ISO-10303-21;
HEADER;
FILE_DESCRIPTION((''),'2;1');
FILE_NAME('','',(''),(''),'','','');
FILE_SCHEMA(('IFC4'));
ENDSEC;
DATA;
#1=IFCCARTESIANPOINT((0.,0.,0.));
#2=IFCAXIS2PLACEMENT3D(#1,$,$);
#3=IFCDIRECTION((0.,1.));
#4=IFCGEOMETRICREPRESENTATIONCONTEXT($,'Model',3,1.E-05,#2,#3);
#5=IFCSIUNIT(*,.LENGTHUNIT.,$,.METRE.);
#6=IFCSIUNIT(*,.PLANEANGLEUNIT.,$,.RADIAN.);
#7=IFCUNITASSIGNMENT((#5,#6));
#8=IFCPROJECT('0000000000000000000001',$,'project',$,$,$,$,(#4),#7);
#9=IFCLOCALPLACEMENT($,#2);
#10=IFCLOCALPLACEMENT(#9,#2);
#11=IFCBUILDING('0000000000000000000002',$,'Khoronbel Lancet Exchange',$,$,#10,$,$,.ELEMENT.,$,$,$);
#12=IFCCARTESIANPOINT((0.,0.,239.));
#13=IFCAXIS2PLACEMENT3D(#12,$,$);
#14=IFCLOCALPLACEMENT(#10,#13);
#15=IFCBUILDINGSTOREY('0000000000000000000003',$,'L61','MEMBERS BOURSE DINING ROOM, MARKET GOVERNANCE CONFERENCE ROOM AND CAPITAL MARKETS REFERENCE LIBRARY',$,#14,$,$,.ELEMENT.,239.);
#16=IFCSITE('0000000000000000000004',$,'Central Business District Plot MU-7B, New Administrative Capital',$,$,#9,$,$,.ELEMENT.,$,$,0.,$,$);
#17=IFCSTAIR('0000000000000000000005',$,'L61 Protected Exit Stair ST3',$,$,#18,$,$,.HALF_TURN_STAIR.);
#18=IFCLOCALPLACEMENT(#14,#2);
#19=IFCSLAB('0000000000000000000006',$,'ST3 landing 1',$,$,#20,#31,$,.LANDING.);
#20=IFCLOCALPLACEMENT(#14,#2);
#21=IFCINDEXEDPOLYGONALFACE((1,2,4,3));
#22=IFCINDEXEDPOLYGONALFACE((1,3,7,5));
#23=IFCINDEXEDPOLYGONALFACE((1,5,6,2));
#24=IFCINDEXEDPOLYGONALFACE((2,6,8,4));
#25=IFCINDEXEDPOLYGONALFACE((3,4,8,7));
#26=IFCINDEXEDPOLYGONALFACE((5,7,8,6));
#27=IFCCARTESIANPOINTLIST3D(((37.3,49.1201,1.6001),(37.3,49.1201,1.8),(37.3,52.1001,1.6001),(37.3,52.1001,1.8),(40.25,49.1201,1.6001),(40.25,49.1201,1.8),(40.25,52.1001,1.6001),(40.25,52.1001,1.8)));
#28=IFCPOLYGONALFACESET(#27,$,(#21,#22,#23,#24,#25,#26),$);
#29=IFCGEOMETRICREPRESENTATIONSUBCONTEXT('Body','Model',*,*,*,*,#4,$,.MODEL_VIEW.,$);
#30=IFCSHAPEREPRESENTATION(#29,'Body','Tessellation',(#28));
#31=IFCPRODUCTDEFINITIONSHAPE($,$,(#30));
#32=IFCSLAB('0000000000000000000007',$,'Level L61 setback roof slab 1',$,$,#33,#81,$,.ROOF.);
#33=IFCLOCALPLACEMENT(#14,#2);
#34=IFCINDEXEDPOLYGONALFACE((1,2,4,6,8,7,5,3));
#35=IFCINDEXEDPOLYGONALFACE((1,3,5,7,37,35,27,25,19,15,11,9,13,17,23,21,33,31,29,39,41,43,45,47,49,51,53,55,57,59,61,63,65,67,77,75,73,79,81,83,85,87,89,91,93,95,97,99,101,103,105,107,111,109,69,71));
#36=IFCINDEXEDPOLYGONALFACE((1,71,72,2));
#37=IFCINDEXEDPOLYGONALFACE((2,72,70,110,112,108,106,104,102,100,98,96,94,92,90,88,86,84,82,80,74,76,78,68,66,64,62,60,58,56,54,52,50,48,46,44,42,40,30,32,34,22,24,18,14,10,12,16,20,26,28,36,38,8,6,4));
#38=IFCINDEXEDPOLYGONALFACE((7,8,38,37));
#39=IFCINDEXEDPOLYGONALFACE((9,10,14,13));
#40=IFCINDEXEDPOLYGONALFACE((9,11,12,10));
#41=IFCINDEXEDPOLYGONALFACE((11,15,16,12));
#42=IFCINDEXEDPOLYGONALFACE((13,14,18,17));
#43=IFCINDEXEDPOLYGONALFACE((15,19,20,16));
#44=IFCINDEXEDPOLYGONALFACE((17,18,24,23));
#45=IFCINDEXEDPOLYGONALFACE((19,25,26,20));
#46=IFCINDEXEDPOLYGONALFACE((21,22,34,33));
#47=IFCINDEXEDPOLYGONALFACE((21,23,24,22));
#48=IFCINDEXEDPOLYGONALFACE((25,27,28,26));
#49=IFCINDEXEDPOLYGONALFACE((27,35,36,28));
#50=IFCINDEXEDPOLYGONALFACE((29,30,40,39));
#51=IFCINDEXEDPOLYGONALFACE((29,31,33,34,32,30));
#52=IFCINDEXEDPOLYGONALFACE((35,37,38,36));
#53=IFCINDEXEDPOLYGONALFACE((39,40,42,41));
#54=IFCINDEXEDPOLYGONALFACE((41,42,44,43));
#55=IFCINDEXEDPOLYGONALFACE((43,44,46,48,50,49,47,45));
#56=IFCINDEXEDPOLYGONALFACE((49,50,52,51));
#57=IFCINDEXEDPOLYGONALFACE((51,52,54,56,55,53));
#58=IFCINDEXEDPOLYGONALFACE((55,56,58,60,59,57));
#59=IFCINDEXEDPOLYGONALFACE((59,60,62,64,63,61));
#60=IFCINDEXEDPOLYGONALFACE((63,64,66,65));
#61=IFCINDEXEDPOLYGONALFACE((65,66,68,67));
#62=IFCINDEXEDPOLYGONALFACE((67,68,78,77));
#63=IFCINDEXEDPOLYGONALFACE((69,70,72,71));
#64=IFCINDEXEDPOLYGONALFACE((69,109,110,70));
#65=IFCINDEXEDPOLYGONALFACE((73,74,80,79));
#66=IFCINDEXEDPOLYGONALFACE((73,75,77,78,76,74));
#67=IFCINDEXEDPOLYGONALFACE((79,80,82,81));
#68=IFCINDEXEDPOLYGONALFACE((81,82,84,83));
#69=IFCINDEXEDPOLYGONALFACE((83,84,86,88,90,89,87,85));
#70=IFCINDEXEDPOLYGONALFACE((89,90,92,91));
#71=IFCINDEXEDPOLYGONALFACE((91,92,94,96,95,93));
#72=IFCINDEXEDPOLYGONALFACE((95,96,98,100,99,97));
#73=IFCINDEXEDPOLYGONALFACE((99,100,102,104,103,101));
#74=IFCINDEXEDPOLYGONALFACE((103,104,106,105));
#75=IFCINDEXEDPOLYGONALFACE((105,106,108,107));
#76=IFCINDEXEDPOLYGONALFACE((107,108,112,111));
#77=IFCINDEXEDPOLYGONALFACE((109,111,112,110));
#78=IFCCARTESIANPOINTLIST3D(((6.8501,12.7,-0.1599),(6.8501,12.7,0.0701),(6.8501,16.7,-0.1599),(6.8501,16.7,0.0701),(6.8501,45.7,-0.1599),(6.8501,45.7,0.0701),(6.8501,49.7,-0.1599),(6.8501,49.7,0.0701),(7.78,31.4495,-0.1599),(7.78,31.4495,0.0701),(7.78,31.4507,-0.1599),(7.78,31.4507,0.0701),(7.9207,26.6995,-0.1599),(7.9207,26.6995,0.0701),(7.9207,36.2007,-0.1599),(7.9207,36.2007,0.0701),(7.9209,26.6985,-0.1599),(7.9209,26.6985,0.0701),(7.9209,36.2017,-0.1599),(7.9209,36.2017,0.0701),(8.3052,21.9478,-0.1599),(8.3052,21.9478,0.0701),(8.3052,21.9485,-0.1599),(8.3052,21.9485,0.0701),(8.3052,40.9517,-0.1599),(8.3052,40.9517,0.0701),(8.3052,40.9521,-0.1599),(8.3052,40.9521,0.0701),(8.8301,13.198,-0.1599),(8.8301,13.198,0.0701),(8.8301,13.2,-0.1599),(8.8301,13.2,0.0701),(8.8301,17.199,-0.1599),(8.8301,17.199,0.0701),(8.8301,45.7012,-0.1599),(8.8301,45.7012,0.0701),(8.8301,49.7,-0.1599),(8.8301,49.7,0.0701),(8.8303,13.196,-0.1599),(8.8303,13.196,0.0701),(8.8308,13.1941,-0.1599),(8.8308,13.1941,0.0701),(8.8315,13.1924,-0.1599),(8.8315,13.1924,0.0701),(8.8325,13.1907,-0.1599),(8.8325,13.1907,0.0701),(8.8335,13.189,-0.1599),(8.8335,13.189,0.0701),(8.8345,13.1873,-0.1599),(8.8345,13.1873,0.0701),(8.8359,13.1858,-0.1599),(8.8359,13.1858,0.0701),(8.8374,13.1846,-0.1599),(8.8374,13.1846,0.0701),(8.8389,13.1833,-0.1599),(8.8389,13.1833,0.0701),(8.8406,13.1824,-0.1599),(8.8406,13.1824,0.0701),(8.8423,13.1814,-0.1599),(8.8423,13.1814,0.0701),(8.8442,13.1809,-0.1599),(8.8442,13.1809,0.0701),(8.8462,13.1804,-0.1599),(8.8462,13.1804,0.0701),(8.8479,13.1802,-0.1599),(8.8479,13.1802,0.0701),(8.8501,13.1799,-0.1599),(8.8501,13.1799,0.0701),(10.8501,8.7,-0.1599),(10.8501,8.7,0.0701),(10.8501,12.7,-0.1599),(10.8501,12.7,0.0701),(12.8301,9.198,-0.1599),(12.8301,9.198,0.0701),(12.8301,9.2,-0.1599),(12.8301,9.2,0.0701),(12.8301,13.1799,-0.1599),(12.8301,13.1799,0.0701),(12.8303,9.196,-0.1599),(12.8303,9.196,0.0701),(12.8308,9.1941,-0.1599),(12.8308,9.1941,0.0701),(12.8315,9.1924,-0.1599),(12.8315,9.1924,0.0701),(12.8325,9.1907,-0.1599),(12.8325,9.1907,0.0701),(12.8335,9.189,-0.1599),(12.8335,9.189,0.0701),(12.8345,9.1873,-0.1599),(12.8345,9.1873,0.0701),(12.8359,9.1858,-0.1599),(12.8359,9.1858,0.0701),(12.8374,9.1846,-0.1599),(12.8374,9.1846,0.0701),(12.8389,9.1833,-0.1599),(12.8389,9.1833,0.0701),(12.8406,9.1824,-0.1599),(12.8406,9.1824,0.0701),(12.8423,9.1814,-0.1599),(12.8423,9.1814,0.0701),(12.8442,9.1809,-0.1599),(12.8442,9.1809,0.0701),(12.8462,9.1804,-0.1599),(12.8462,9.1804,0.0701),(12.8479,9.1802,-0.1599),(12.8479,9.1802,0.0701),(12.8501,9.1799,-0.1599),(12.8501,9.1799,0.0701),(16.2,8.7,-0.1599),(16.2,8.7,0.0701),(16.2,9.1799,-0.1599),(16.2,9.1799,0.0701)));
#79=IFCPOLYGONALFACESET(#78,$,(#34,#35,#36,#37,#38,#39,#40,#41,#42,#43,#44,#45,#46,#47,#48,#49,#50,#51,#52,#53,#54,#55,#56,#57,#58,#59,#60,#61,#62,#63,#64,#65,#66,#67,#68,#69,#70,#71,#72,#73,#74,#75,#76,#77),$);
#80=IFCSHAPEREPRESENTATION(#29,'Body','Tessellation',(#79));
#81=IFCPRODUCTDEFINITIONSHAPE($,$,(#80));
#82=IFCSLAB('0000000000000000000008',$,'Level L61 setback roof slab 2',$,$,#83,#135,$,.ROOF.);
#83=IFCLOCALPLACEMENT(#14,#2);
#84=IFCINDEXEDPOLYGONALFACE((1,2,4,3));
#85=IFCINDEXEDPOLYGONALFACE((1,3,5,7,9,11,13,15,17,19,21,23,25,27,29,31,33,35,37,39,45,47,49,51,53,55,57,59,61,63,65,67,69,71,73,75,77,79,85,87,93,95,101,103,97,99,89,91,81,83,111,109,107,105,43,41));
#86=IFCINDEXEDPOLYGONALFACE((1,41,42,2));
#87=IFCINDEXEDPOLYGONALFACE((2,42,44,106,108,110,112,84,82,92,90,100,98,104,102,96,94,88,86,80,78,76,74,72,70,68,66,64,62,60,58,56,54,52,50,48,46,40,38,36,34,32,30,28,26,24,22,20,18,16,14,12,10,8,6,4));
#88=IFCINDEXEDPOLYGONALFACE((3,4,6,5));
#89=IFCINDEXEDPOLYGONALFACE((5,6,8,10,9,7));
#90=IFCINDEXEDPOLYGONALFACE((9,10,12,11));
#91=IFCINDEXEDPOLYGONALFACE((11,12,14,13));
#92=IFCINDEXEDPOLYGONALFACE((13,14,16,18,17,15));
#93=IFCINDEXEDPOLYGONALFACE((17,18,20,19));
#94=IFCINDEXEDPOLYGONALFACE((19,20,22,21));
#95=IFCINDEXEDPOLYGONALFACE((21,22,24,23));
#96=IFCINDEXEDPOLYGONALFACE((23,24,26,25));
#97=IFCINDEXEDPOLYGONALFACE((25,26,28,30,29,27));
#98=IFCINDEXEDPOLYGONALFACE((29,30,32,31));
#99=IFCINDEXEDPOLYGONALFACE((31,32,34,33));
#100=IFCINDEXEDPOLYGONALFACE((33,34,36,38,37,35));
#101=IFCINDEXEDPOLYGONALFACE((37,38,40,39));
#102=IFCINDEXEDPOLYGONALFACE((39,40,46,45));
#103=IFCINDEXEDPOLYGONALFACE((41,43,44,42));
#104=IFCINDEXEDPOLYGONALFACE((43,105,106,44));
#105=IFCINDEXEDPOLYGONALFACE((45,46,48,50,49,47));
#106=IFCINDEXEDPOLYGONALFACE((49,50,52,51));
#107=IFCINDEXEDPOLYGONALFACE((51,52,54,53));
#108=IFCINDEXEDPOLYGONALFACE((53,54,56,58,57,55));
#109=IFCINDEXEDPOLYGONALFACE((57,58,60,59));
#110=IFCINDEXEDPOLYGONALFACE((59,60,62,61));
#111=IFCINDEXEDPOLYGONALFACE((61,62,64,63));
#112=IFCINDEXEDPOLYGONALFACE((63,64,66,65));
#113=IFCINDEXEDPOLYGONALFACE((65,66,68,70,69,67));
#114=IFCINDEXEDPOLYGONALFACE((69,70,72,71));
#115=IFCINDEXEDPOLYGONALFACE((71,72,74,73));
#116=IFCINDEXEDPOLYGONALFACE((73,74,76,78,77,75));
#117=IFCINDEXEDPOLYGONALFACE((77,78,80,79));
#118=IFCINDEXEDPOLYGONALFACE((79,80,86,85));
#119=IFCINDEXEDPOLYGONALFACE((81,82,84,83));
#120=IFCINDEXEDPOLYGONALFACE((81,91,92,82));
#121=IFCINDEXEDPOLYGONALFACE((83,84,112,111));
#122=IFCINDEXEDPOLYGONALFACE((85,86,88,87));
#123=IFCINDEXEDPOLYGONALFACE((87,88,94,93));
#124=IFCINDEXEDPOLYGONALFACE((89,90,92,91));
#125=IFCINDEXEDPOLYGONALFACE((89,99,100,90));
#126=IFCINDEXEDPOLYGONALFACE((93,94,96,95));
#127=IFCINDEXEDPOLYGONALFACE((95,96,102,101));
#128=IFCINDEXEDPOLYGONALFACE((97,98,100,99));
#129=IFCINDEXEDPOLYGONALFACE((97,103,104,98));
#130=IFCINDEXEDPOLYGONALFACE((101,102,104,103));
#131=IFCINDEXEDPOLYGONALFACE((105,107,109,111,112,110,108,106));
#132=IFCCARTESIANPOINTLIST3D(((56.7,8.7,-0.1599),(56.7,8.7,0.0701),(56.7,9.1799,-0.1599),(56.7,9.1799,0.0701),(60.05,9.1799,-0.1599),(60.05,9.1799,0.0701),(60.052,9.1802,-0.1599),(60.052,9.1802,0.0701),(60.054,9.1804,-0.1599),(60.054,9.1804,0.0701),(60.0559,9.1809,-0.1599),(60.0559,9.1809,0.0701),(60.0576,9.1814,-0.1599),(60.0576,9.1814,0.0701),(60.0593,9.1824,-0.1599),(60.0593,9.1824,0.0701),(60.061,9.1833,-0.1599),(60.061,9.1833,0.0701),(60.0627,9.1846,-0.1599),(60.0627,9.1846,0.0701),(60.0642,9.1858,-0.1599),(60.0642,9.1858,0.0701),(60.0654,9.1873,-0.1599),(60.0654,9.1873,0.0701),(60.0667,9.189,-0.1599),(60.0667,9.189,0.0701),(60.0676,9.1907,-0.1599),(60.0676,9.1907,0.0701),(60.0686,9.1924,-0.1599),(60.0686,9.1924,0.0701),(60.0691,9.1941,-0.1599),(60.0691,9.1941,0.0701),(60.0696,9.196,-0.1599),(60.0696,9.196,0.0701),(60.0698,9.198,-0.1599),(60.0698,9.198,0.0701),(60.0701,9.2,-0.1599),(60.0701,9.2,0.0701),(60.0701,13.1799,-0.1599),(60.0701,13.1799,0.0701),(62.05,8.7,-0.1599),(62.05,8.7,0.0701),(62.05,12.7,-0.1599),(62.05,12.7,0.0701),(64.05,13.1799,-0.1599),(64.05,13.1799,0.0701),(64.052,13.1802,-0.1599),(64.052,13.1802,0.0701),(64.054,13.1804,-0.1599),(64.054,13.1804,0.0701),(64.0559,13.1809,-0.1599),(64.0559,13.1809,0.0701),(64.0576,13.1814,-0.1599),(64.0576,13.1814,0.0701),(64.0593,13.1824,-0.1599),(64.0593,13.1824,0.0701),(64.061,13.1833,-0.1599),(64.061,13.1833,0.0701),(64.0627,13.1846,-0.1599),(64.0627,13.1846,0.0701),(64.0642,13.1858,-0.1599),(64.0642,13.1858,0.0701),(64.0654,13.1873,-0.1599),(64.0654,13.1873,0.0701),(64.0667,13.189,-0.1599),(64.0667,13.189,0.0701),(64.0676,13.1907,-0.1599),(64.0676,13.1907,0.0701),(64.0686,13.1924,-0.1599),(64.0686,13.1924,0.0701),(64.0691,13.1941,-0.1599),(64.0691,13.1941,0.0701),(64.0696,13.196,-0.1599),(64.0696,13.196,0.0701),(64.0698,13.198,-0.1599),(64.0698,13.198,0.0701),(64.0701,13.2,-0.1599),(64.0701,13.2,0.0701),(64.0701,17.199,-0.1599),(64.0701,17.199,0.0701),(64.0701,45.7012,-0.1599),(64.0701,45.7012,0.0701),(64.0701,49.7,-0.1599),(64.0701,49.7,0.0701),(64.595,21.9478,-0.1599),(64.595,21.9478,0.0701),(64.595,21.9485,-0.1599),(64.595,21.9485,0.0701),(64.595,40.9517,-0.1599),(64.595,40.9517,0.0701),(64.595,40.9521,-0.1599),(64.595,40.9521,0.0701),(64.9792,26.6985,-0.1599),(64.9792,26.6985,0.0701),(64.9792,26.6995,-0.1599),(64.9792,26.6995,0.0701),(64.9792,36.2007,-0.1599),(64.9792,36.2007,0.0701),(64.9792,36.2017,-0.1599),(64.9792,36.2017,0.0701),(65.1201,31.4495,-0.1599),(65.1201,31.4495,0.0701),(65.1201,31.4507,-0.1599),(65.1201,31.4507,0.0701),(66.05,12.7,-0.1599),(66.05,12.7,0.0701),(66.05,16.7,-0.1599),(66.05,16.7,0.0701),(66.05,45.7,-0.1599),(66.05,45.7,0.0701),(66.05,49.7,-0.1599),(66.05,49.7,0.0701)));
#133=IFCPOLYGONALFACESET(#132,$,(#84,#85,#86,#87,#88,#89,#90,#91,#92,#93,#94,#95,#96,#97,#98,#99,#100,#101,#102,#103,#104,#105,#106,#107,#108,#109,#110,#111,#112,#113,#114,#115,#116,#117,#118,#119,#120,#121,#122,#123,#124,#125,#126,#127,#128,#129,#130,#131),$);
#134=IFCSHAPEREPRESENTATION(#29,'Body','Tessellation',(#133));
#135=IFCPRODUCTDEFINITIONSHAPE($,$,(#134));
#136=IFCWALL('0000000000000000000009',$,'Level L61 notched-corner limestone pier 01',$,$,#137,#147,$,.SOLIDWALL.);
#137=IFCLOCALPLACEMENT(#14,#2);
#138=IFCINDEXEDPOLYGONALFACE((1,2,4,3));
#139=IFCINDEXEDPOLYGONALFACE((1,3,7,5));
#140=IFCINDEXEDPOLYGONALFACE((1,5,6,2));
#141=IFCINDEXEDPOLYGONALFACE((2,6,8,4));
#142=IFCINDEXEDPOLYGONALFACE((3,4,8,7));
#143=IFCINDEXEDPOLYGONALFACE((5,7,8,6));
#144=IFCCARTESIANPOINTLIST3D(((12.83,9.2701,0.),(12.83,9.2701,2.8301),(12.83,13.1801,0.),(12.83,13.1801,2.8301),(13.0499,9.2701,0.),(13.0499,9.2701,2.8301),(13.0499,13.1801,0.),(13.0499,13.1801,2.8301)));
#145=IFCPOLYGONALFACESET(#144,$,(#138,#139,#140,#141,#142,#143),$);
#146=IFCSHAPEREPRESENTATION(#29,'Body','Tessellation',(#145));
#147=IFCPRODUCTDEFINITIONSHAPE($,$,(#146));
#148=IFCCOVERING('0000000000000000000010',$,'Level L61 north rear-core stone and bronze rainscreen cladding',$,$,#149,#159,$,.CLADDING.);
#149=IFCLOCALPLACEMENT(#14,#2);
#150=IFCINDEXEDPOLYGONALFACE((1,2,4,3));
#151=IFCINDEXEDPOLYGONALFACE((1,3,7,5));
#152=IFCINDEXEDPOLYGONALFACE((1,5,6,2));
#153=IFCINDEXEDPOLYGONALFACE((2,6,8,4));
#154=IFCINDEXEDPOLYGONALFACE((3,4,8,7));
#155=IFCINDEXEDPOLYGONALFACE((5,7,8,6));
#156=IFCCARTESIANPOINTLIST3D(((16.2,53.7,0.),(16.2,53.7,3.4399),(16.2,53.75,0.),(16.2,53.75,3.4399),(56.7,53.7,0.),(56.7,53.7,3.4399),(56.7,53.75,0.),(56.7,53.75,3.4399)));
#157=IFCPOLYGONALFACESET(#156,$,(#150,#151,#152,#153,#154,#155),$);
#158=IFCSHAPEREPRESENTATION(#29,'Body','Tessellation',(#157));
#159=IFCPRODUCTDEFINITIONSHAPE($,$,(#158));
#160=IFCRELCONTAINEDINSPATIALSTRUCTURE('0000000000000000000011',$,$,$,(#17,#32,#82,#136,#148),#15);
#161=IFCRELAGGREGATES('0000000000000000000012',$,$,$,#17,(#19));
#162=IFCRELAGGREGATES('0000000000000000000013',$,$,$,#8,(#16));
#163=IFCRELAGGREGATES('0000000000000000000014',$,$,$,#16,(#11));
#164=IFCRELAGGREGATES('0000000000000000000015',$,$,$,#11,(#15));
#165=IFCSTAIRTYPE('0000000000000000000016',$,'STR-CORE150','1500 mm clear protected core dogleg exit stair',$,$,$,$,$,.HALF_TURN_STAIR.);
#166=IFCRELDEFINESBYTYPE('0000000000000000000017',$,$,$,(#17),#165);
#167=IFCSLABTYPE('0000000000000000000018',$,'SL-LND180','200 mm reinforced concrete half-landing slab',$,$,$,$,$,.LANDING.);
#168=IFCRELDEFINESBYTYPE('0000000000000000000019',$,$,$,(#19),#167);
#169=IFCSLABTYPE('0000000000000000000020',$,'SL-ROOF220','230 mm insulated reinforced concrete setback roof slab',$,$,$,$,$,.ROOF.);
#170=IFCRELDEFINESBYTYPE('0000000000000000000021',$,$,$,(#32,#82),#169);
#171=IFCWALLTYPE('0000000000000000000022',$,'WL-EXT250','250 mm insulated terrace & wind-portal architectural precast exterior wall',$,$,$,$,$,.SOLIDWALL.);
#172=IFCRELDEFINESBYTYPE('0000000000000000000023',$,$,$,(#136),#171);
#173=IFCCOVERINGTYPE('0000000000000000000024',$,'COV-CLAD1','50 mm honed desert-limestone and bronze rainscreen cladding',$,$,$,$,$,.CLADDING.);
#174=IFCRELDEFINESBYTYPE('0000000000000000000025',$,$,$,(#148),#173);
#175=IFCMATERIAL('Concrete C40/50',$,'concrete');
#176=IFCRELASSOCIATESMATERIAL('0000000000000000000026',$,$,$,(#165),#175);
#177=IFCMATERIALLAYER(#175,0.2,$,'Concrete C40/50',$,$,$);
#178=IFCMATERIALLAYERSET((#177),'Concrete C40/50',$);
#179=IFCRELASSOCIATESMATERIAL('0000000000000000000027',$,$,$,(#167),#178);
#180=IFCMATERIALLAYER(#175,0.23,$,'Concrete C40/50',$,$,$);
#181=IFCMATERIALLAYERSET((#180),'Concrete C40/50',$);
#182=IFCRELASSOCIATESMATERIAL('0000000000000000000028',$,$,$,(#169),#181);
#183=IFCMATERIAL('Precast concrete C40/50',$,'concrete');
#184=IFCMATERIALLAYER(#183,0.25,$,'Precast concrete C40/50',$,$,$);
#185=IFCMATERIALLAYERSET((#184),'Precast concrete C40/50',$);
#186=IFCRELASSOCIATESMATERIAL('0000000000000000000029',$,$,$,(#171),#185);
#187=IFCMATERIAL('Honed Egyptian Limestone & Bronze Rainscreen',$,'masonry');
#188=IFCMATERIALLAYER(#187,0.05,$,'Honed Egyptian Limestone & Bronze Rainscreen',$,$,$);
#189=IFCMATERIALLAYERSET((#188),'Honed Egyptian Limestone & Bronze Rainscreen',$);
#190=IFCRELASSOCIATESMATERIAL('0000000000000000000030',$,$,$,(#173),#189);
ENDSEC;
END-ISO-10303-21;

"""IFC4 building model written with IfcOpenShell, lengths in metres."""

from ifc_helpers import new_model, si_unit, direction, frame, frame_2d, origin, place, context, subcontext, project, spatial, polyline, rectangle, outline, extrude, material, layer, layer_set, type_object, element, aggregate, save


model = new_model("IFC4")

# Units and contexts
model_context = context("Model", 3, precision=1e-05, world=origin(), true_north=direction((0.0, 1.0)))
body_context = subcontext(model_context, "Body", "Model", "MODEL_VIEW")
ifc_project = project(units=[si_unit("LENGTHUNIT", "METRE"), si_unit("PLANEANGLEUNIT", "RADIAN")], contexts=[model_context])

# Site, building, storey
site_placement = place(None, origin())
site = spatial("IfcSite", under=ifc_project, at=site_placement, Name="Central Business District Plot MU-7B, New Administrative Capital", CompositionType="ELEMENT", RefElevation=0.0)
building_placement = place(site_placement, origin())
building = spatial("IfcBuilding", under=site, at=building_placement, Name="Khoronbel Lancet Exchange", CompositionType="ELEMENT")
storey_placement = place(building_placement, frame((0.0, 0.0, 239.0)))
storey = spatial("IfcBuildingStorey", under=building, at=storey_placement, Name="L61", Description="MEMBERS BOURSE DINING ROOM, MARKET GOVERNANCE CONFERENCE ROOM AND CAPITAL MARKETS REFERENCE LIBRARY", CompositionType="ELEMENT", Elevation=239.0)

# Shared definitions
ifc_material_1 = material(Name="Concrete C40/50", Category="concrete")

# Stair, slab
stair_type = type_object("IfcStairType", Name="STR-CORE150", Description="1500 mm clear protected core dogleg exit stair", PredefinedType="HALF_TURN_STAIR", material=ifc_material_1)
ifc_layer_1 = layer(ifc_material_1, 0.2, Name="Concrete C40/50")
ifc_layer_set_1 = layer_set([ifc_layer_1], Name="Concrete C40/50")
slab_type_1 = type_object("IfcSlabType", Name="SL-LND180", Description="200 mm reinforced concrete half-landing slab", PredefinedType="LANDING", material=ifc_layer_set_1)
stair_1_placement = place(storey_placement, origin())
stair_1 = element("IfcStair", 1, at=stair_1_placement, inside=storey, type_object=stair_type, Name="L61 Protected Exit Stair ST3", PredefinedType="HALF_TURN_STAIR")
slab_1_placement = place(storey_placement, frame((0.0, 0.0, 1.6001)))
slab_1 = element("IfcSlab", 2, at=slab_1_placement, type_object=slab_type_1, Name="ST3 landing 1", PredefinedType="LANDING", context=body_context, shape_type="SweptSolid", body=[
    extrude(outline(polyline([(37.3, 49.1201), (40.25, 49.1201), (40.25, 52.1001), (37.3, 52.1001), (37.3, 49.1201)])), origin(), (0.0, 0.0, 1.0), 0.2),
])
aggregate(stair_1, [slab_1])

# Slabs
ifc_layer_2 = layer(ifc_material_1, 0.23, Name="Concrete C40/50")
ifc_layer_set_2 = layer_set([ifc_layer_2], Name="Concrete C40/50")
slab_type_2 = type_object("IfcSlabType", Name="SL-ROOF220", Description="230 mm insulated reinforced concrete setback roof slab", PredefinedType="ROOF", material=ifc_layer_set_2)
slab_2_placement = place(storey_placement, frame((0.0, 0.0, -0.1599)))
element("IfcSlab", 3, at=slab_2_placement, inside=storey, type_object=slab_type_2, Name="Level L61 setback roof slab 1", PredefinedType="ROOF", context=body_context, shape_type="SweptSolid", body=[
    extrude(outline(polyline([(10.8501, 8.7), (10.8501, 12.7), (6.8501, 12.7), (6.8501, 16.7), (6.8501, 45.7), (6.8501, 49.7), (8.8301, 49.7), (8.8301, 45.7012), (8.3052, 40.9521), (8.3052, 40.9517), (7.9209, 36.2017), (7.9207, 36.2007), (7.78, 31.4507), (7.78, 31.4495), (7.9207, 26.6995), (7.9209, 26.6985), (8.3052, 21.9485), (8.3052, 21.9478), (8.8301, 17.199), (8.8301, 13.2), (8.8301, 13.198), (8.8303, 13.196), (8.8308, 13.1941), (8.8315, 13.1924), (8.8325, 13.1907), (8.8335, 13.189), (8.8345, 13.1873), (8.8359, 13.1858), (8.8374, 13.1846), (8.8389, 13.1833), (8.8406, 13.1824), (8.8423, 13.1814), (8.8442, 13.1809), (8.8462, 13.1804), (8.8479, 13.1802), (8.8501, 13.1799), (12.8301, 13.1799), (12.8301, 9.2), (12.8301, 9.198), (12.8303, 9.196), (12.8308, 9.1941), (12.8315, 9.1924), (12.8325, 9.1907), (12.8335, 9.189), (12.8345, 9.1873), (12.8359, 9.1858), (12.8374, 9.1846), (12.8389, 9.1833), (12.8406, 9.1824), (12.8423, 9.1814), (12.8442, 9.1809), (12.8462, 9.1804), (12.8479, 9.1802), (12.8501, 9.1799), (16.2, 9.1799), (16.2, 8.7), (10.8501, 8.7)])), origin(), (0.0, 0.0, 1.0), 0.23),
])
slab_3_placement = place(storey_placement, frame((0.0, 0.0, -0.1599)))
element("IfcSlab", 4, at=slab_3_placement, inside=storey, type_object=slab_type_2, Name="Level L61 setback roof slab 2", PredefinedType="ROOF", context=body_context, shape_type="SweptSolid", body=[
    extrude(outline(polyline([(66.05, 45.7), (66.05, 16.7), (66.05, 12.7), (62.05, 12.7), (62.05, 8.7), (56.7, 8.7), (56.7, 9.1799), (60.05, 9.1799), (60.052, 9.1802), (60.054, 9.1804), (60.0559, 9.1809), (60.0576, 9.1814), (60.0593, 9.1824), (60.061, 9.1833), (60.0627, 9.1846), (60.0642, 9.1858), (60.0654, 9.1873), (60.0667, 9.189), (60.0676, 9.1907), (60.0686, 9.1924), (60.0691, 9.1941), (60.0696, 9.196), (60.0698, 9.198), (60.0701, 9.2), (60.0701, 13.1799), (64.05, 13.1799), (64.052, 13.1802), (64.054, 13.1804), (64.0559, 13.1809), (64.0576, 13.1814), (64.0593, 13.1824), (64.061, 13.1833), (64.0627, 13.1846), (64.0642, 13.1858), (64.0654, 13.1873), (64.0667, 13.189), (64.0676, 13.1907), (64.0686, 13.1924), (64.0691, 13.1941), (64.0696, 13.196), (64.0698, 13.198), (64.0701, 13.2), (64.0701, 17.199), (64.595, 21.9478), (64.595, 21.9485), (64.9792, 26.6985), (64.9792, 26.6995), (65.1201, 31.4495), (65.1201, 31.4507), (64.9792, 36.2007), (64.9792, 36.2017), (64.595, 40.9517), (64.595, 40.9521), (64.0701, 45.7012), (64.0701, 49.7), (66.05, 49.7), (66.05, 45.7)])), origin(), (0.0, 0.0, 1.0), 0.23),
])

# Wall
ifc_material_2 = material(Name="Precast concrete C40/50", Category="concrete")
ifc_layer_3 = layer(ifc_material_2, 0.25, Name="Precast concrete C40/50")
ifc_layer_set_3 = layer_set([ifc_layer_3], Name="Precast concrete C40/50")
wall_type = type_object("IfcWallType", Name="WL-EXT250", Description="250 mm insulated terrace & wind-portal architectural precast exterior wall", PredefinedType="SOLIDWALL", material=ifc_layer_set_3)
wall_placement = place(storey_placement, frame((12.9399, 9.27, 0.0), z_axis=(0.0, 0.0, 1.0), x_axis=(0.0, 1.0, 0.0)))
element("IfcWall", 5, at=wall_placement, inside=storey, type_object=wall_type, Name="Level L61 notched-corner limestone pier 01", PredefinedType="SOLIDWALL", context=body_context, shape_type="SweptSolid", body=[
    extrude(rectangle(XDim=3.9099, YDim=0.22, at=frame_2d((1.9551, 0.0))), origin(), (0.0, 0.0, 1.0), 2.8301),
])

# Covering
ifc_material_3 = material(Name="Honed Egyptian Limestone & Bronze Rainscreen", Category="masonry")
ifc_layer_4 = layer(ifc_material_3, 0.05, Name="Honed Egyptian Limestone & Bronze Rainscreen")
ifc_layer_set_4 = layer_set([ifc_layer_4], Name="Honed Egyptian Limestone & Bronze Rainscreen")
covering_type_1 = type_object("IfcCoveringType", Name="COV-CLAD1", Description="50 mm honed desert-limestone and bronze rainscreen cladding", PredefinedType="CLADDING", material=ifc_layer_set_4)
covering_1_placement = place(storey_placement, origin())
element("IfcCovering", 6, at=covering_1_placement, inside=storey, type_object=covering_type_1, Name="Level L61 north rear-core stone and bronze rainscreen cladding", PredefinedType="CLADDING", context=body_context, shape_type="SweptSolid", body=[
    extrude(outline(polyline([(16.2, 53.7), (56.7, 53.7), (56.7, 53.75), (16.2, 53.75), (16.2, 53.7)])), origin(), (0.0, 0.0, 1.0), 3.4399),
])

save(model, "model.ifc")
